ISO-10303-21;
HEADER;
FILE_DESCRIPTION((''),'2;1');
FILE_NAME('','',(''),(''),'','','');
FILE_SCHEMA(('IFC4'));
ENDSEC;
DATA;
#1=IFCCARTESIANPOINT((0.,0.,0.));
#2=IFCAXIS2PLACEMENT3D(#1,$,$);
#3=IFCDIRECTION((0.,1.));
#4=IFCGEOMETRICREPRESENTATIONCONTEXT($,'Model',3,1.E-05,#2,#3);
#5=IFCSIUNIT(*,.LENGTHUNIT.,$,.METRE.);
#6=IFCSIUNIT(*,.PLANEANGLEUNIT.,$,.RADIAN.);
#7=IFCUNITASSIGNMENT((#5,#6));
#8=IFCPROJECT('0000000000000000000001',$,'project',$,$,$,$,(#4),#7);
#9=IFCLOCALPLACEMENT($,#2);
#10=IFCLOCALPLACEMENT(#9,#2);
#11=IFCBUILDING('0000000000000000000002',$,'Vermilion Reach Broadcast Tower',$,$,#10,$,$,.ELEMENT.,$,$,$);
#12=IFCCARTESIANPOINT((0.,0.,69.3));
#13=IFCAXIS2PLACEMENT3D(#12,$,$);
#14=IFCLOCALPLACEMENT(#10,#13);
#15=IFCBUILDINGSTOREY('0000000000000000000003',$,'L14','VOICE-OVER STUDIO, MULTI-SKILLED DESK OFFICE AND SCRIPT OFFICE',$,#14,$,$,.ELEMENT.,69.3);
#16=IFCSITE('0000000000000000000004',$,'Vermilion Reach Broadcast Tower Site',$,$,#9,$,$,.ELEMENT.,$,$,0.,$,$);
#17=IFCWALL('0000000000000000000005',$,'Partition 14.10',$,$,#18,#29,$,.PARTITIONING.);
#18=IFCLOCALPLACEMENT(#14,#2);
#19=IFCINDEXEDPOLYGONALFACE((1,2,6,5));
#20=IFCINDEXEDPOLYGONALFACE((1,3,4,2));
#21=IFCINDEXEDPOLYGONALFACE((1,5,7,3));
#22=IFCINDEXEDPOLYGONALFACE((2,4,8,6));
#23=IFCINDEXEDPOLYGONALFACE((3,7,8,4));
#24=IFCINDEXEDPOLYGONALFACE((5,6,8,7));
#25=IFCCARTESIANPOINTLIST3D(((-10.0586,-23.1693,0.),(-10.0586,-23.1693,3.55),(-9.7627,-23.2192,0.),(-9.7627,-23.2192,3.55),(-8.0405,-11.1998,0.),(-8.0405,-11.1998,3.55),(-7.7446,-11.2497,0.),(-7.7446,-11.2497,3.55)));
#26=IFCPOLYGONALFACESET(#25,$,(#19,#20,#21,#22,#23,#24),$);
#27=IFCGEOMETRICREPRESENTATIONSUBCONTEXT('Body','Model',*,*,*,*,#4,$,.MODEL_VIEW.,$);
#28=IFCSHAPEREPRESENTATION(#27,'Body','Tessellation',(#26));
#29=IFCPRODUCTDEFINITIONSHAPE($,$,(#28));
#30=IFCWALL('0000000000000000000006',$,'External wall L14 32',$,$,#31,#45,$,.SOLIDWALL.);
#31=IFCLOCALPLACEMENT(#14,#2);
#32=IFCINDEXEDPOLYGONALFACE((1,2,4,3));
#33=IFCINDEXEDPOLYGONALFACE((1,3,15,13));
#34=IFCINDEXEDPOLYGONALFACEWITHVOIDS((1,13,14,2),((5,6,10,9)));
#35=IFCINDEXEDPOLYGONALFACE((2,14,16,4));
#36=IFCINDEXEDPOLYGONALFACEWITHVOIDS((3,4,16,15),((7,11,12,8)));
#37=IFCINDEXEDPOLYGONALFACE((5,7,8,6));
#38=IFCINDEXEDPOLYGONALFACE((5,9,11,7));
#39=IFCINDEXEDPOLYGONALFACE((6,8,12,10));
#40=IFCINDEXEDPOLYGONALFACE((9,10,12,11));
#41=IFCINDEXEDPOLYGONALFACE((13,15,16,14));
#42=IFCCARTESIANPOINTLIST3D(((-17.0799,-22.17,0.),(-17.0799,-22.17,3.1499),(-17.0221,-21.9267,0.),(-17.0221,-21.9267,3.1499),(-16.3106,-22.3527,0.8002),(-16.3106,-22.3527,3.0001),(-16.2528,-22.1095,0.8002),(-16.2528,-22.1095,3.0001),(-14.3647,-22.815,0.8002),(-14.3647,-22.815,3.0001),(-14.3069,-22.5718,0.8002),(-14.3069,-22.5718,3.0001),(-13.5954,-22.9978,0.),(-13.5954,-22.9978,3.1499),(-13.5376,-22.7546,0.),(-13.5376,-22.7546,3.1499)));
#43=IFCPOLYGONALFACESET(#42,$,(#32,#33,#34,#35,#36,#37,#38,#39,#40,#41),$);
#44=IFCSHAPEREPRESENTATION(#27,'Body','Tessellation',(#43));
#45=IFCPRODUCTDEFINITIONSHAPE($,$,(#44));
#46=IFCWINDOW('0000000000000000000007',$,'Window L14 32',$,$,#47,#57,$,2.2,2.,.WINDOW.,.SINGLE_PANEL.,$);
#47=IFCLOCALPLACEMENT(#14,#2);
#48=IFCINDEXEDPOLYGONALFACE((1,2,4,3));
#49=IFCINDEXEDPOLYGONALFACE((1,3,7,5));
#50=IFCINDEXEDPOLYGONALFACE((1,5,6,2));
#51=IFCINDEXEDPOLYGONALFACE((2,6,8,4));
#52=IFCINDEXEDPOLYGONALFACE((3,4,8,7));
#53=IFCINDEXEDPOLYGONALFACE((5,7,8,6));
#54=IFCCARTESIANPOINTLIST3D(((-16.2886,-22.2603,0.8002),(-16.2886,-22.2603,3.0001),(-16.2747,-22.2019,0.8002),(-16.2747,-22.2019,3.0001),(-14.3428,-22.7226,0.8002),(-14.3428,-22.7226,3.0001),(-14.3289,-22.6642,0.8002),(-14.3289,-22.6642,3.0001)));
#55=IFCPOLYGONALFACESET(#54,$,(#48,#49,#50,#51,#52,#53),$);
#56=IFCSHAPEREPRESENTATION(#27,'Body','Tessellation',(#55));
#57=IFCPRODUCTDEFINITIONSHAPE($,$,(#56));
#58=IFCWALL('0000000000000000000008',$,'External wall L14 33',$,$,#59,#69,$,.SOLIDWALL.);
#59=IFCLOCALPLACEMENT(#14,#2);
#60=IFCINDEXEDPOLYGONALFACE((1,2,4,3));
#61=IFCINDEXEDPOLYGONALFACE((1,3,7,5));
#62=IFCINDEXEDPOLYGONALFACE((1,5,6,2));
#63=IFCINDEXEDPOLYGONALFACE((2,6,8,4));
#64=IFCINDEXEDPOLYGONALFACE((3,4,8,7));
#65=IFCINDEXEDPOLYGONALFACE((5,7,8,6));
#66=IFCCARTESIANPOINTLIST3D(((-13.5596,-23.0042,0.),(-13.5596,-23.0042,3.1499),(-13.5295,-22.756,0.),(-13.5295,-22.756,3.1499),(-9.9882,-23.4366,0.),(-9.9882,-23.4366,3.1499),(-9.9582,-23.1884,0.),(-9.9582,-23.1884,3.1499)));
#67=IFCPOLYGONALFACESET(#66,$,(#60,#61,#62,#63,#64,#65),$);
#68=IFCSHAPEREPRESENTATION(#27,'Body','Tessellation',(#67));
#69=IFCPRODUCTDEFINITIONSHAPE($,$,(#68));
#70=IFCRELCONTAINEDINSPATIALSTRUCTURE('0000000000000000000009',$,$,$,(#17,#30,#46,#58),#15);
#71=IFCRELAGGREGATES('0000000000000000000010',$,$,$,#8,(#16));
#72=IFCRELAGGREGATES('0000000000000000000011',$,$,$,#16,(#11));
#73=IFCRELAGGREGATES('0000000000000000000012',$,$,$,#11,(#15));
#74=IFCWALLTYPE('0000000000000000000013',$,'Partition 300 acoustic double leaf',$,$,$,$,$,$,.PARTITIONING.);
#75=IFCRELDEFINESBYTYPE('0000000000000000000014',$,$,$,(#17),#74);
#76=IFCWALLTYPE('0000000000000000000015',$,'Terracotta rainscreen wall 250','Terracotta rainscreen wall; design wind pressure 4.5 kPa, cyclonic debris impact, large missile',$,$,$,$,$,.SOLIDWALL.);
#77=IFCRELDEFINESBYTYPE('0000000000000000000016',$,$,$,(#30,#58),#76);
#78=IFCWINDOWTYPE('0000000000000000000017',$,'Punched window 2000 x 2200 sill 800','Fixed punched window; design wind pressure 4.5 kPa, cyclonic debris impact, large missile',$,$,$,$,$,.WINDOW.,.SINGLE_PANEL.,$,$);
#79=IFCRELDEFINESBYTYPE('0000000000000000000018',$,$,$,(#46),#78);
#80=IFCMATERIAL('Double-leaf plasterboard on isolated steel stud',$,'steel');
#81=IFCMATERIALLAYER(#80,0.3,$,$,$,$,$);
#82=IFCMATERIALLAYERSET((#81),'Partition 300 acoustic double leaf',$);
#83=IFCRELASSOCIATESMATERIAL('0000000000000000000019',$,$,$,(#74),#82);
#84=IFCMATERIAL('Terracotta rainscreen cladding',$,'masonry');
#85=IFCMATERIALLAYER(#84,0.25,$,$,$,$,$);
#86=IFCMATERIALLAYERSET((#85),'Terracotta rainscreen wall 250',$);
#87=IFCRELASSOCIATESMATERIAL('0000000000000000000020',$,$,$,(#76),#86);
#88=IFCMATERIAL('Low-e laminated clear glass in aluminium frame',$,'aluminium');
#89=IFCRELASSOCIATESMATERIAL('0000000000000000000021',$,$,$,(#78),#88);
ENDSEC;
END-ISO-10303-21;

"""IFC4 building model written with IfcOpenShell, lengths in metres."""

from ifc_helpers import new_model, si_unit, direction, frame, frame_2d, origin, place, context, subcontext, project, spatial, rectangle, extrude, material, layer, layer_set, type_object, element, fill, save


model = new_model("IFC4")

# Units and contexts
model_context = context("Model", 3, precision=1e-05, world=origin(), true_north=direction((0.0, 1.0)))
body_context = subcontext(model_context, "Body", "Model", "MODEL_VIEW")
ifc_project = project(units=[si_unit("LENGTHUNIT", "METRE"), si_unit("PLANEANGLEUNIT", "RADIAN")], contexts=[model_context])

# Site, building, storey
site_placement = place(None, origin())
site = spatial("IfcSite", under=ifc_project, at=site_placement, Name="Vermilion Reach Broadcast Tower Site", CompositionType="ELEMENT", RefElevation=0.0)
building_placement = place(site_placement, origin())
building = spatial("IfcBuilding", under=site, at=building_placement, Name="Vermilion Reach Broadcast Tower", CompositionType="ELEMENT")
storey_placement = place(building_placement, frame((0.0, 0.0, 69.3)))
storey = spatial("IfcBuildingStorey", under=building, at=storey_placement, Name="L14", Description="VOICE-OVER STUDIO, MULTI-SKILLED DESK OFFICE AND SCRIPT OFFICE", CompositionType="ELEMENT", Elevation=69.3)

# Wall
ifc_material_1 = material(Name="Double-leaf plasterboard on isolated steel stud", Category="steel")
ifc_layer_1 = layer(ifc_material_1, 0.3)
ifc_layer_set_1 = layer_set([ifc_layer_1], Name="Partition 300 acoustic double leaf")
wall_type_1 = type_object("IfcWallType", Name="Partition 300 acoustic double leaf", PredefinedType="PARTITIONING", material=ifc_layer_set_1)
wall_1_placement = place(storey_placement, frame((-9.9106, -23.1943, 0.0), z_axis=(0.0, 0.0, 1.0), x_axis=(0.166255, 0.986083, 0.0)))
element("IfcWall", 1, at=wall_1_placement, inside=storey, type_object=wall_type_1, Name="Partition 14.10", PredefinedType="PARTITIONING", context=body_context, shape_type="SweptSolid", body=[
    extrude(rectangle(XDim=12.1384, YDim=0.3, at=frame_2d((6.0693, 0.0))), origin(), (0.0, 0.0, 1.0), 3.55),
])

# Wall, opening, window
ifc_material_2 = material(Name="Terracotta rainscreen cladding", Category="masonry")
ifc_layer_2 = layer(ifc_material_2, 0.25)
ifc_layer_set_2 = layer_set([ifc_layer_2], Name="Terracotta rainscreen wall 250")
wall_type_2 = type_object("IfcWallType", Name="Terracotta rainscreen wall 250", Description="Terracotta rainscreen wall; design wind pressure 4.5 kPa, cyclonic debris impact, large missile", PredefinedType="SOLIDWALL", material=ifc_layer_set_2)
wall_2_placement = place(storey_placement, frame((-17.051, -22.0483, 0.0), z_axis=(0.0, 0.0, 1.0), x_axis=(0.972919, -0.231147, 0.0)))
wall_2 = element("IfcWall", 2, at=wall_2_placement, inside=storey, type_object=wall_type_2, Name="External wall L14 32", PredefinedType="SOLIDWALL", context=body_context, shape_type="SweptSolid", body=[
    extrude(rectangle(XDim=3.5815, YDim=0.25, at=frame_2d((1.7908, 0.0))), origin(), (0.0, 0.0, 1.0), 3.1499),
])
opening_placement = place(wall_2_placement, frame((0.7908, 0.0, 0.8)))
opening = element("IfcOpeningElement", 3, at=opening_placement, cuts=wall_2, PredefinedType="OPENING", context=body_context, shape_type="SweptSolid", body=[
    extrude(rectangle(XDim=2.0, YDim=2.2, at=frame_2d((1.0, 1.1001))), frame((0.0, 0.135, 0.0), z_axis=(0.0, -1.0, 0.0), x_axis=(1.0, 0.0, 0.0)), (0.0, 0.0, 1.0), 0.27),
])
ifc_material_3 = material(Name="Low-e laminated clear glass in aluminium frame", Category="aluminium")
window_type = type_object("IfcWindowType", Name="Punched window 2000 x 2200 sill 800", Description="Fixed punched window; design wind pressure 4.5 kPa, cyclonic debris impact, large missile", PartitioningType="SINGLE_PANEL", PredefinedType="WINDOW", material=ifc_material_3)
window_placement = place(opening_placement, origin())
window = element("IfcWindow", 4, at=window_placement, inside=storey, type_object=window_type, Name="Window L14 32", OverallHeight=2.2, OverallWidth=2.0, PartitioningType="SINGLE_PANEL", PredefinedType="WINDOW", context=body_context, shape_type="SweptSolid", body=[
    extrude(rectangle(XDim=2.0, YDim=2.2, at=frame_2d((1.0, 1.1001))), frame((0.0, 0.03, 0.0), z_axis=(0.0, -1.0, 0.0), x_axis=(1.0, 0.0, 0.0)), (0.0, 0.0, 1.0), 0.0601),
])
fill(opening, window)

# Wall
wall_3_placement = place(storey_placement, frame((-13.5447, -22.8801, 0.0), z_axis=(0.0, 0.0, 1.0), x_axis=(0.992751, -0.120192, 0.0)))
element("IfcWall", 5, at=wall_3_placement, inside=storey, type_object=wall_type_2, Name="External wall L14 33", PredefinedType="SOLIDWALL", context=body_context, shape_type="SweptSolid", body=[
    extrude(rectangle(XDim=3.5974, YDim=0.25, at=frame_2d((1.7988, 0.0))), origin(), (0.0, 0.0, 1.0), 3.1499),
])

save(model, "model.ifc")
